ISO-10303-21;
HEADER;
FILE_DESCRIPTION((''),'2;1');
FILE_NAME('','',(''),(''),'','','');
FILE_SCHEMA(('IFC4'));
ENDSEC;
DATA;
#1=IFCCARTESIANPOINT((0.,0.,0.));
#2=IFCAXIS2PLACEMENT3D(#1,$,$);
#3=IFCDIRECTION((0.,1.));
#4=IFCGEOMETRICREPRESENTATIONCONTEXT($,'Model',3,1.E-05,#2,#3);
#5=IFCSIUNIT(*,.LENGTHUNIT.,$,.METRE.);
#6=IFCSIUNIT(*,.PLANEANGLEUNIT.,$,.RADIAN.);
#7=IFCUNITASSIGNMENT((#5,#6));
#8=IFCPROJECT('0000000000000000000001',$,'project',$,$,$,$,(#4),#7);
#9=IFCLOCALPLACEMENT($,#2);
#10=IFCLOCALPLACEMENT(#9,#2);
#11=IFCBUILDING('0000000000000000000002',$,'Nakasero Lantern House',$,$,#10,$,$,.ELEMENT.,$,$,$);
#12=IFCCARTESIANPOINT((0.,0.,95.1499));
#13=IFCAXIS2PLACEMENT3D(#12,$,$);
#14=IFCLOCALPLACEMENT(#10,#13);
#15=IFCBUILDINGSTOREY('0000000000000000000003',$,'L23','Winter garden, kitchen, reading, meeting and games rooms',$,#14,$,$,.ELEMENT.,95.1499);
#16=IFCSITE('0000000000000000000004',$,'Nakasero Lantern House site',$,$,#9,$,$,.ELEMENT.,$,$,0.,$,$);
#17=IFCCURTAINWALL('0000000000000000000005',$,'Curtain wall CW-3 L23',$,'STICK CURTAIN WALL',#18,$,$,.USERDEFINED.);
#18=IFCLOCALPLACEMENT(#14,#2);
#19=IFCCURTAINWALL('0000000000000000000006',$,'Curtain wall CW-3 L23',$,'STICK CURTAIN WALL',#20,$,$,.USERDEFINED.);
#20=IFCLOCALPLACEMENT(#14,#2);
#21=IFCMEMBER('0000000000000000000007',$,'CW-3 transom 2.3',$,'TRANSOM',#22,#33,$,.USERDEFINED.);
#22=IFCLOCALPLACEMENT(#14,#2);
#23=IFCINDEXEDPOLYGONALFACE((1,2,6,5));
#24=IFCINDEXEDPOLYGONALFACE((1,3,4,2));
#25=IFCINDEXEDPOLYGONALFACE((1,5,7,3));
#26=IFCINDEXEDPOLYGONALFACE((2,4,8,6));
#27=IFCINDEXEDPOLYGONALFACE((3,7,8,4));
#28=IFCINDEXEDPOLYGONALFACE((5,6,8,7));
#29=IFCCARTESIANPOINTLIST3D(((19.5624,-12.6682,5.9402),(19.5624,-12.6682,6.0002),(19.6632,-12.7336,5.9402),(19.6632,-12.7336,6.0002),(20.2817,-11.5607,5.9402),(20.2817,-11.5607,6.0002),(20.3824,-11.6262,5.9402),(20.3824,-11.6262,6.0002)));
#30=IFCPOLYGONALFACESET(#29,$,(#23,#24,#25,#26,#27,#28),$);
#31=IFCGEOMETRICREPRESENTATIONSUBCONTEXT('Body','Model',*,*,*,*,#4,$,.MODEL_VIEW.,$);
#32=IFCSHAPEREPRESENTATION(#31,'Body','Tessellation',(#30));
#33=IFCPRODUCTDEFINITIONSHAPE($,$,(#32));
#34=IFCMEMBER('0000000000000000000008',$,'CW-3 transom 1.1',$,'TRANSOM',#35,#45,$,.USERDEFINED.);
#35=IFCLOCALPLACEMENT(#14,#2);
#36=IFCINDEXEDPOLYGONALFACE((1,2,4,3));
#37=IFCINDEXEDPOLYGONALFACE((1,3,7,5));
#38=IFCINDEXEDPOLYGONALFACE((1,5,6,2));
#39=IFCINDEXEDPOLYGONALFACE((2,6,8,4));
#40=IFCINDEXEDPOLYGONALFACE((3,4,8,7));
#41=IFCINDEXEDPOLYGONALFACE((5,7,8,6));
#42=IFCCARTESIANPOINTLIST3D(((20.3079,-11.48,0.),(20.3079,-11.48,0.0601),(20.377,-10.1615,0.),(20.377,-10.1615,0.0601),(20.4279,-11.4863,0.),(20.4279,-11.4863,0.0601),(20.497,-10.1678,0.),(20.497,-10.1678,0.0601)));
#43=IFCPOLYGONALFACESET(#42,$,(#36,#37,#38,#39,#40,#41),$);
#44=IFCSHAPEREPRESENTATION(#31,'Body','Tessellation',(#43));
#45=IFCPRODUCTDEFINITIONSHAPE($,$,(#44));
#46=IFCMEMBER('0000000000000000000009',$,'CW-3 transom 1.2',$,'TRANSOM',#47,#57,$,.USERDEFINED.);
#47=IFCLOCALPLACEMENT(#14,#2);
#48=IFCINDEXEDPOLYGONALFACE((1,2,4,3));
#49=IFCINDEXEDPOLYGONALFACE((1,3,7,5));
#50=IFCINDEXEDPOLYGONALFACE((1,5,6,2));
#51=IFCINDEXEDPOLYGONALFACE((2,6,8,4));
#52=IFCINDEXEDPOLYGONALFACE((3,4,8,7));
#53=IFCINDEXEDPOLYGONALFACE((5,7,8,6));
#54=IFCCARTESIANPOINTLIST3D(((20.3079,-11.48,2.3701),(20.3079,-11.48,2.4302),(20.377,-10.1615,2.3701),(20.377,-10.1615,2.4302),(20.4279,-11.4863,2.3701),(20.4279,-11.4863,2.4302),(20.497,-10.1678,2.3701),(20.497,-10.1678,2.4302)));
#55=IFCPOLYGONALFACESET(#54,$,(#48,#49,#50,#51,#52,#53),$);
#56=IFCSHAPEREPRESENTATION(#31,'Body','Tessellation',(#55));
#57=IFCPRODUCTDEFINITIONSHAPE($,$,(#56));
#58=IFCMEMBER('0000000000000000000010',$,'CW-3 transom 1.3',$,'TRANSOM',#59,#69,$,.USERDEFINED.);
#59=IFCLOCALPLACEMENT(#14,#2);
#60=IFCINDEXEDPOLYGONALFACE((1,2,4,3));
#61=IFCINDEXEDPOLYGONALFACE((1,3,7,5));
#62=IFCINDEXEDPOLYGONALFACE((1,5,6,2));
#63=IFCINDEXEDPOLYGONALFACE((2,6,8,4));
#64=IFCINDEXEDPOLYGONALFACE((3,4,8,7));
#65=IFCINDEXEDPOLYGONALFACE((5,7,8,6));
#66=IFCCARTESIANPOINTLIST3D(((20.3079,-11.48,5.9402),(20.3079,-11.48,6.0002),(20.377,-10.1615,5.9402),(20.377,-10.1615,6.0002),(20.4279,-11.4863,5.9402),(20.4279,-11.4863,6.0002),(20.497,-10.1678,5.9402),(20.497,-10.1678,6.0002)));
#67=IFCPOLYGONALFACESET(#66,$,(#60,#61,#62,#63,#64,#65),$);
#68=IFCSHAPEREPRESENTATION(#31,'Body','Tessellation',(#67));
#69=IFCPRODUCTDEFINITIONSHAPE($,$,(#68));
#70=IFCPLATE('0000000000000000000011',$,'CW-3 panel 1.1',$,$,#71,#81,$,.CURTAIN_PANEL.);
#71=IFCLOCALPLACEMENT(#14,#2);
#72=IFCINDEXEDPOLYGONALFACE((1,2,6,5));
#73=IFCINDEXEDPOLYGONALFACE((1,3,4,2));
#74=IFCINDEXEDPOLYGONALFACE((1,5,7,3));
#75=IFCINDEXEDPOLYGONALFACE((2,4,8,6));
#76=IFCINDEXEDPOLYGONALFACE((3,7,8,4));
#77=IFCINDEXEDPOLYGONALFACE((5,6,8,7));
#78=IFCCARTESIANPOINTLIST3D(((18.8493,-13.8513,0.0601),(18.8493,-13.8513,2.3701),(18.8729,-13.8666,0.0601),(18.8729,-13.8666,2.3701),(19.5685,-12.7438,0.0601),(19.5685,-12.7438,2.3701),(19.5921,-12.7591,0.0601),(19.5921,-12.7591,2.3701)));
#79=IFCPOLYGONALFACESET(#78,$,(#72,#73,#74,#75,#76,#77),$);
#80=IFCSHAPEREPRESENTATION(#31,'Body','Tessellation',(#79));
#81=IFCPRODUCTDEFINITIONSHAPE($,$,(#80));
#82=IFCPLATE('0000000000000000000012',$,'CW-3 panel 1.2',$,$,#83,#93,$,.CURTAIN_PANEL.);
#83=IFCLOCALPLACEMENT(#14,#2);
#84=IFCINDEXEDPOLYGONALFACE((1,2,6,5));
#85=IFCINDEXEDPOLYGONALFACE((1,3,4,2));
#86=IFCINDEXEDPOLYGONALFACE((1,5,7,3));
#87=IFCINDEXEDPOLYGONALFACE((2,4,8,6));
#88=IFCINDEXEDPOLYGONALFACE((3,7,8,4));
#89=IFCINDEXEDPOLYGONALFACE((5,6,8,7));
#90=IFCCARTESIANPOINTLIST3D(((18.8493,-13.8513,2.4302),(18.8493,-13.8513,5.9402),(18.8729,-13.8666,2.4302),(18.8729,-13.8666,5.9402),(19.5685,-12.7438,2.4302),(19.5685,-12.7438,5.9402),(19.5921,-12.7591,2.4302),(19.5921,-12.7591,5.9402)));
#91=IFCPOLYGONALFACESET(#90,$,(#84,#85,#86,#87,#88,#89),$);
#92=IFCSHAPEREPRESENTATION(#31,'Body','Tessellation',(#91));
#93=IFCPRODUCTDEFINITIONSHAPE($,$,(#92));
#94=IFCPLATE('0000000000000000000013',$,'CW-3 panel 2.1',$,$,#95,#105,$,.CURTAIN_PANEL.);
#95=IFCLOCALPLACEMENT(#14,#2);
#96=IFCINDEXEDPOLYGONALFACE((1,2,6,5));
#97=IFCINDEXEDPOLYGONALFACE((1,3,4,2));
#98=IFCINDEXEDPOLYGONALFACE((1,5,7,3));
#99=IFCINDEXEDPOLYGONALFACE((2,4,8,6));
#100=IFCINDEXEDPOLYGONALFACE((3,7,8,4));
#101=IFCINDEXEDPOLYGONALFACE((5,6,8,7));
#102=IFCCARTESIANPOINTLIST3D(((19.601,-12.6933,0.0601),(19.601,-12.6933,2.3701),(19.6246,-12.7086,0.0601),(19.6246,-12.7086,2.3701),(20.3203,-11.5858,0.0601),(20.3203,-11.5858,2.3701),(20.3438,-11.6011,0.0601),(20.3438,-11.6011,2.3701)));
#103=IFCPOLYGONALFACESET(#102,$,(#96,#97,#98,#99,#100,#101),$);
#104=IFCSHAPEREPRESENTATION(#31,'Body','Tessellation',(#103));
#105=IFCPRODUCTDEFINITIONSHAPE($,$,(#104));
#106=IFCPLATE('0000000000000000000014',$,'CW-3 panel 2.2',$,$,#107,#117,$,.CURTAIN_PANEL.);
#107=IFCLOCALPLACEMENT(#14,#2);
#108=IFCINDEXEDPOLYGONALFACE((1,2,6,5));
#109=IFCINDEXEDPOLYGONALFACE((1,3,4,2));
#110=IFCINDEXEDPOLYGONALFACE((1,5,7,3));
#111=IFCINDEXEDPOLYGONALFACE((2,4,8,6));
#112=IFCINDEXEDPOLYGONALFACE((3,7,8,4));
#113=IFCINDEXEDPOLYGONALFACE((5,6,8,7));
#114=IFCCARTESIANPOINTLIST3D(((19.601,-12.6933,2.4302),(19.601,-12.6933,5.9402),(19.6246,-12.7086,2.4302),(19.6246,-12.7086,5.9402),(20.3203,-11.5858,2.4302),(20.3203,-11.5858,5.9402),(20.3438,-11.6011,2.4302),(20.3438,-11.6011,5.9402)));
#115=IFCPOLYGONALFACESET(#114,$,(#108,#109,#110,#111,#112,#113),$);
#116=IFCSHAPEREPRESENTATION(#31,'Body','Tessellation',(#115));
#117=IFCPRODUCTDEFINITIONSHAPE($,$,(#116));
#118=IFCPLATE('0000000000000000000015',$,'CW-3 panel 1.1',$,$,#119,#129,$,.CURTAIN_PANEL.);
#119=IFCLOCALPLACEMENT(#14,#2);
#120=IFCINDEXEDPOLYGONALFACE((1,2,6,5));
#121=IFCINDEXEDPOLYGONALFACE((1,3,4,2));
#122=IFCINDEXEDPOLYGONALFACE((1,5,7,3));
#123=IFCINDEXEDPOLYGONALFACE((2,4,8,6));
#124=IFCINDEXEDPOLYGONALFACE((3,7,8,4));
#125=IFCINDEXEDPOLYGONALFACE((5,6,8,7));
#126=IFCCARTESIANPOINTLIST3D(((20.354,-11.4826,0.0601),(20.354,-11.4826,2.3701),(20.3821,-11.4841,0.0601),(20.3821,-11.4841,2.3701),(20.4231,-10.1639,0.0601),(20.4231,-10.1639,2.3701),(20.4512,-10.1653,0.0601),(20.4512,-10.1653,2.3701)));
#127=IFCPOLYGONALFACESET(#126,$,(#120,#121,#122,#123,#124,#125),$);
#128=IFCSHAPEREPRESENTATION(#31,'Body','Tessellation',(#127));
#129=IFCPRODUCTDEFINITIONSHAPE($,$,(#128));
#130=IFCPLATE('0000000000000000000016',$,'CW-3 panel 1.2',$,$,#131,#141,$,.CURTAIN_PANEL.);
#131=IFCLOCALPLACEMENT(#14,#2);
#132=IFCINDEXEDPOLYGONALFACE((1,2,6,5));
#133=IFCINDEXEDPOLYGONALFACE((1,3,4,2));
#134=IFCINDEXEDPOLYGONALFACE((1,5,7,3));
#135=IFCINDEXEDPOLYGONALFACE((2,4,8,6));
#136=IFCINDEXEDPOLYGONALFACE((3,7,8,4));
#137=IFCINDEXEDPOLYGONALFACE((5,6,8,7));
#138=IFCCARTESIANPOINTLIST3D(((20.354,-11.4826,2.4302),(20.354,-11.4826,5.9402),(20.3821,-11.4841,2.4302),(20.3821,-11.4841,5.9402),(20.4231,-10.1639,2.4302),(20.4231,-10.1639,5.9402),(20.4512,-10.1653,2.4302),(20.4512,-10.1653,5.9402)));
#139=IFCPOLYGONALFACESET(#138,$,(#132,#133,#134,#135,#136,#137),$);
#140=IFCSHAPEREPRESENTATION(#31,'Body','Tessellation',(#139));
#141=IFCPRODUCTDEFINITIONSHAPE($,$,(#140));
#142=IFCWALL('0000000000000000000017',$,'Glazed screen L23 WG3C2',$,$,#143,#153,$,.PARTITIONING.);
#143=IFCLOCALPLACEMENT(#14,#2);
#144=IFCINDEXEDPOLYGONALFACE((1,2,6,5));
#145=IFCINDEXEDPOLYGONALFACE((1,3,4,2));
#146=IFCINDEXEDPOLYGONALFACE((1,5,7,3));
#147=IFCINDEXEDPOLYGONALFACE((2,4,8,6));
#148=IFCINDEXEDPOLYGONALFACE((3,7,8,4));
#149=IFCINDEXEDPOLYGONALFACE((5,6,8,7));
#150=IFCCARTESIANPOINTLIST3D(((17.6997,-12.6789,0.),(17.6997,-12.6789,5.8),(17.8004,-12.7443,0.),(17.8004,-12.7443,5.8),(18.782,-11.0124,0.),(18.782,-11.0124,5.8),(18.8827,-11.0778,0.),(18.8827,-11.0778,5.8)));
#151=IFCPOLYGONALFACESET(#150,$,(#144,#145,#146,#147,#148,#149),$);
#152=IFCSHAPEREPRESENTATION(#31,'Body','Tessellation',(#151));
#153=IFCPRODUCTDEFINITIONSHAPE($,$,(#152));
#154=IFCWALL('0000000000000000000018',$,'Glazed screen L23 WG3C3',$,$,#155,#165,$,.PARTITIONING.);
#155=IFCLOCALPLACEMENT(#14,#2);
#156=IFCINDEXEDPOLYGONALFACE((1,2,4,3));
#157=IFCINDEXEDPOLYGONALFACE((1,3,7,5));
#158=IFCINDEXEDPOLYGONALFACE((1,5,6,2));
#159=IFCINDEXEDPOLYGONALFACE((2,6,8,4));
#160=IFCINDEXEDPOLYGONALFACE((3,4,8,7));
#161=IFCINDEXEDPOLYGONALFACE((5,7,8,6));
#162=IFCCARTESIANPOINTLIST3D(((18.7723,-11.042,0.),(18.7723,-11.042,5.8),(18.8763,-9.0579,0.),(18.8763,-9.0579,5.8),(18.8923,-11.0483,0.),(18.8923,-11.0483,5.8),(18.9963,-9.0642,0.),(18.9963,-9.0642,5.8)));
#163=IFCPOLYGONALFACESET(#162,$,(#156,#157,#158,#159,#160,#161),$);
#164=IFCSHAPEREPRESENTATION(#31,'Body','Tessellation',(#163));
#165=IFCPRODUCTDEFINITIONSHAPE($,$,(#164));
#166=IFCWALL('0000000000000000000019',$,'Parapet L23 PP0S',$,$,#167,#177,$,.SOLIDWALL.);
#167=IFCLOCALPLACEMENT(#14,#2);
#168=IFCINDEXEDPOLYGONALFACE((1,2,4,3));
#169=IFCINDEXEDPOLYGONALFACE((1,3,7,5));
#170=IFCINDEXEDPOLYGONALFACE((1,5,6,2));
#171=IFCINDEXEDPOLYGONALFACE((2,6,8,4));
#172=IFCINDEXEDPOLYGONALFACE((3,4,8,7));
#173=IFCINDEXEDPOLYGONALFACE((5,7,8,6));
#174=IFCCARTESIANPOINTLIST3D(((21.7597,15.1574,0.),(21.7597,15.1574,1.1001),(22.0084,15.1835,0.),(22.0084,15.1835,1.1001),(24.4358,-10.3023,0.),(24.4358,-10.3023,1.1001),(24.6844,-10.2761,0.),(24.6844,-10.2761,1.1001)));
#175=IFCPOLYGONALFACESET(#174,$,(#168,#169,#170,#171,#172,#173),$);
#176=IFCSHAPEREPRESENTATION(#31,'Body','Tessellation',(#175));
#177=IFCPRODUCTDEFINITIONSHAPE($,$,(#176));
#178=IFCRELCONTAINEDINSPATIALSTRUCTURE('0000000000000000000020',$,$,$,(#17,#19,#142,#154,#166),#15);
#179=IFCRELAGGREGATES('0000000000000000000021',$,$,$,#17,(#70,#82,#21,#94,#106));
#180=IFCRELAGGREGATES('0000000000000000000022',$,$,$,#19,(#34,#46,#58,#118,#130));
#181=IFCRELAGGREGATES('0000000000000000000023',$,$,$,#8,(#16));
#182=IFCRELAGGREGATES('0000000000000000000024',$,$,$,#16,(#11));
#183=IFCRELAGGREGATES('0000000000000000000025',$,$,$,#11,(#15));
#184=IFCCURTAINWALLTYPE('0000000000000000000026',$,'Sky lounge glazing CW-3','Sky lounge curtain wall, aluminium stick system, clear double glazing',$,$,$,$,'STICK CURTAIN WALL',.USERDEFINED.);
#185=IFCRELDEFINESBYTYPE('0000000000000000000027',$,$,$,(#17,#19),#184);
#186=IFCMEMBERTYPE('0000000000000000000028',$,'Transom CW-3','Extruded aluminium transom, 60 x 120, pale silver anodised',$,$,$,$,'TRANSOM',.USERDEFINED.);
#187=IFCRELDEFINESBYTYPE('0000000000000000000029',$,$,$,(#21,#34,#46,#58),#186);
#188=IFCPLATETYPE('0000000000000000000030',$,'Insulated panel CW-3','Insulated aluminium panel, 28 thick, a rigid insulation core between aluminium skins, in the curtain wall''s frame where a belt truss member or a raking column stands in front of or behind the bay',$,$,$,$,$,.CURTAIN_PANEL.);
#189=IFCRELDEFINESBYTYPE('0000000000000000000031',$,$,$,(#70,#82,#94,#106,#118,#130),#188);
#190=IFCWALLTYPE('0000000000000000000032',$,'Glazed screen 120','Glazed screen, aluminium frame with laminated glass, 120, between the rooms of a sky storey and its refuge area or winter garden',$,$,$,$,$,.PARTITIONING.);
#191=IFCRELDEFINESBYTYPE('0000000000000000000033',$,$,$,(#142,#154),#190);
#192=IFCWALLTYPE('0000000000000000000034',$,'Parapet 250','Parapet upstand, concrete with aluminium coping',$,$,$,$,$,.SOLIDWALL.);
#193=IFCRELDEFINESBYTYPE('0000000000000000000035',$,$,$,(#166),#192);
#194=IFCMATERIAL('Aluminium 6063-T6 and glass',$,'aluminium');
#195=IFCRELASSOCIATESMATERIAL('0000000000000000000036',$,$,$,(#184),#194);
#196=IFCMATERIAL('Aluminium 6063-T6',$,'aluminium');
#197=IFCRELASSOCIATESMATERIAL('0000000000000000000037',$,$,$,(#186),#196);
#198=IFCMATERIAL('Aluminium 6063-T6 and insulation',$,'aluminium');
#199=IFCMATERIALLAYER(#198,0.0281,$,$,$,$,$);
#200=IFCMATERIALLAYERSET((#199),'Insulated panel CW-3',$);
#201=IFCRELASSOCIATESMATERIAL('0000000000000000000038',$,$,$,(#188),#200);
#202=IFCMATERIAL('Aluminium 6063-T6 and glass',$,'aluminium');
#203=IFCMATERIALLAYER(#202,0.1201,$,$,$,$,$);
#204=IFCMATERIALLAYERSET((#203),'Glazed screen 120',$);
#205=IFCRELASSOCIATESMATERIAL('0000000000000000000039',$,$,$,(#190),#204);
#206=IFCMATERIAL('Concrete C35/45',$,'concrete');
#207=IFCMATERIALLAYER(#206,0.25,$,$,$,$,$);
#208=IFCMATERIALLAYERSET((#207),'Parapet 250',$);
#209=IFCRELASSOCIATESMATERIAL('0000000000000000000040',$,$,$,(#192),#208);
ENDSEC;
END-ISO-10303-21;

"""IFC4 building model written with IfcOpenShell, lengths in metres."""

from ifc_helpers import new_model, si_unit, direction, frame, frame_2d, origin, origin_2d, place, context, subcontext, project, spatial, rectangle, extrude, material, layer, layer_set, material_profile, profile_set, type_object, element, aggregate, save


model = new_model("IFC4")

# Units and contexts
model_context = context("Model", 3, precision=1e-05, world=origin(), true_north=direction((0.0, 1.0)))
body_context = subcontext(model_context, "Body", "Model", "MODEL_VIEW")
ifc_project = project(units=[si_unit("LENGTHUNIT", "METRE"), si_unit("PLANEANGLEUNIT", "RADIAN")], contexts=[model_context])

# Site, building, storey
site_placement = place(None, origin())
site = spatial("IfcSite", under=ifc_project, at=site_placement, Name="Nakasero Lantern House site", CompositionType="ELEMENT", RefElevation=0.0)
building_placement = place(site_placement, origin())
building = spatial("IfcBuilding", under=site, at=building_placement, Name="Nakasero Lantern House", CompositionType="ELEMENT")
storey_placement = place(building_placement, frame((0.0, 0.0, 95.1499)))
storey = spatial("IfcBuildingStorey", under=building, at=storey_placement, Name="L23", Description="Winter garden, kitchen, reading, meeting and games rooms", CompositionType="ELEMENT", Elevation=95.1499)

# Shared definitions
ifc_material_1 = material(Name="Aluminium 6063-T6 and glass", Category="aluminium")
curtain_wall_type = type_object("IfcCurtainWallType", Name="Sky lounge glazing CW-3", Description="Sky lounge curtain wall, aluminium stick system, clear double glazing", ElementType="STICK CURTAIN WALL", PredefinedType="USERDEFINED", material=ifc_material_1)

# Curtain wall
curtain_wall_1_placement = place(storey_placement, origin())
curtain_wall_1 = element("IfcCurtainWall", 1, at=curtain_wall_1_placement, inside=storey, type_object=curtain_wall_type, Name="Curtain wall CW-3 L23", ObjectType="STICK CURTAIN WALL", PredefinedType="USERDEFINED")

# Curtain wall
curtain_wall_2_placement = place(storey_placement, origin())
curtain_wall_2 = element("IfcCurtainWall", 2, at=curtain_wall_2_placement, inside=storey, type_object=curtain_wall_type, Name="Curtain wall CW-3 L23", ObjectType="STICK CURTAIN WALL", PredefinedType="USERDEFINED")

# Members
ifc_material_2 = material(Name="Aluminium 6063-T6", Category="aluminium")
ifc_material_profile_1 = material_profile(ifc_material_2, rectangle(XDim=0.0601, YDim=0.1201, at=origin_2d()), Name="CW-3 transom 60x120")
ifc_profile_set_1 = profile_set([ifc_material_profile_1], Name="Aluminium 6063-T6")
member_type_1 = type_object("IfcMemberType", Name="Transom CW-3", Description="Extruded aluminium transom, 60 x 120, pale silver anodised", ElementType="TRANSOM", PredefinedType="USERDEFINED", material=ifc_profile_set_1)
member_1_placement = place(storey_placement, frame((19.6128, -12.7009, 5.9702), z_axis=(0.544676, 0.838646, 0.0), x_axis=(0.0, 0.0, 1.0)))
member_1 = element("IfcMember", 3, at=member_1_placement, type_object=member_type_1, Name="CW-3 transom 2.3", ObjectType="TRANSOM", PredefinedType="USERDEFINED", context=body_context, shape_type="SweptSolid", body=[
    extrude(rectangle(XDim=0.0601, YDim=0.1201, at=origin_2d()), origin(), (0.0, 0.0, 1.0), 1.3206),
])
member_2_placement = place(storey_placement, frame((20.3679, -11.4832, 0.03), z_axis=(0.052326, 0.99863, 0.0), x_axis=(0.0, 0.0, 1.0)))
member_2 = element("IfcMember", 4, at=member_2_placement, type_object=member_type_1, Name="CW-3 transom 1.1", ObjectType="TRANSOM", PredefinedType="USERDEFINED", context=body_context, shape_type="SweptSolid", body=[
    extrude(rectangle(XDim=0.0601, YDim=0.1201, at=origin_2d()), origin(), (0.0, 0.0, 1.0), 1.3203),
])
member_3_placement = place(storey_placement, frame((20.3679, -11.4832, 2.4001), z_axis=(0.052326, 0.99863, 0.0), x_axis=(0.0, 0.0, 1.0)))
member_3 = element("IfcMember", 5, at=member_3_placement, type_object=member_type_1, Name="CW-3 transom 1.2", ObjectType="TRANSOM", PredefinedType="USERDEFINED", context=body_context, shape_type="SweptSolid", body=[
    extrude(rectangle(XDim=0.0601, YDim=0.1201, at=origin_2d()), origin(), (0.0, 0.0, 1.0), 1.3203),
])
member_4_placement = place(storey_placement, frame((20.3679, -11.4832, 5.9702), z_axis=(0.052326, 0.99863, 0.0), x_axis=(0.0, 0.0, 1.0)))
member_4 = element("IfcMember", 6, at=member_4_placement, type_object=member_type_1, Name="CW-3 transom 1.3", ObjectType="TRANSOM", PredefinedType="USERDEFINED", context=body_context, shape_type="SweptSolid", body=[
    extrude(rectangle(XDim=0.0601, YDim=0.1201, at=origin_2d()), origin(), (0.0, 0.0, 1.0), 1.3203),
])

# Plates
ifc_material_3 = material(Name="Aluminium 6063-T6 and insulation", Category="aluminium")
ifc_layer_1 = layer(ifc_material_3, 0.0281)
ifc_layer_set_1 = layer_set([ifc_layer_1], Name="Insulated panel CW-3")
plate_type = type_object("IfcPlateType", Name="Insulated panel CW-3", Description="Insulated aluminium panel, 28 thick, a rigid insulation core between aluminium skins, in the curtain wall's frame where a belt truss member or a raking column stands in front of or behind the bay", PredefinedType="CURTAIN_PANEL", material=ifc_layer_set_1)
plate_1_placement = place(storey_placement, frame((19.2207, -13.3052, 0.0601), z_axis=(0.0, 0.0, 1.0), x_axis=(0.544639, 0.838671, 0.0)))
plate_1 = element("IfcPlate", 7, at=plate_1_placement, type_object=plate_type, Name="CW-3 panel 1.1", PredefinedType="CURTAIN_PANEL", context=body_context, shape_type="SweptSolid", body=[
    extrude(rectangle(XDim=1.3206, YDim=0.0281, at=origin_2d()), origin(), (0.0, 0.0, 1.0), 2.3101),
])
plate_2_placement = place(storey_placement, frame((19.2207, -13.3052, 2.4302), z_axis=(0.0, 0.0, 1.0), x_axis=(0.544639, 0.838671, 0.0)))
plate_2 = element("IfcPlate", 8, at=plate_2_placement, type_object=plate_type, Name="CW-3 panel 1.2", PredefinedType="CURTAIN_PANEL", context=body_context, shape_type="SweptSolid", body=[
    extrude(rectangle(XDim=1.3206, YDim=0.0281, at=origin_2d()), origin(), (0.0, 0.0, 1.0), 3.51),
])
plate_3_placement = place(storey_placement, frame((19.9724, -12.1472, 0.0601), z_axis=(0.0, 0.0, 1.0), x_axis=(0.544639, 0.838671, 0.0)))
plate_3 = element("IfcPlate", 9, at=plate_3_placement, type_object=plate_type, Name="CW-3 panel 2.1", PredefinedType="CURTAIN_PANEL", context=body_context, shape_type="SweptSolid", body=[
    extrude(rectangle(XDim=1.3206, YDim=0.0281, at=origin_2d()), origin(), (0.0, 0.0, 1.0), 2.3101),
])
plate_4_placement = place(storey_placement, frame((19.9724, -12.1472, 2.4302), z_axis=(0.0, 0.0, 1.0), x_axis=(0.544639, 0.838671, 0.0)))
plate_4 = element("IfcPlate", 10, at=plate_4_placement, type_object=plate_type, Name="CW-3 panel 2.2", PredefinedType="CURTAIN_PANEL", context=body_context, shape_type="SweptSolid", body=[
    extrude(rectangle(XDim=1.3206, YDim=0.0281, at=origin_2d()), origin(), (0.0, 0.0, 1.0), 3.51),
])
aggregate(curtain_wall_1, [plate_1, plate_2, member_1, plate_3, plate_4])
plate_5_placement = place(storey_placement, frame((20.4026, -10.824, 0.0601), z_axis=(0.0, 0.0, 1.0), x_axis=(0.052336, 0.99863, 0.0)))
plate_5 = element("IfcPlate", 11, at=plate_5_placement, type_object=plate_type, Name="CW-3 panel 1.1", PredefinedType="CURTAIN_PANEL", context=body_context, shape_type="SweptSolid", body=[
    extrude(rectangle(XDim=1.3206, YDim=0.0281, at=origin_2d()), origin(), (0.0, 0.0, 1.0), 2.3101),
])
plate_6_placement = place(storey_placement, frame((20.4026, -10.824, 2.4302), z_axis=(0.0, 0.0, 1.0), x_axis=(0.052336, 0.99863, 0.0)))
plate_6 = element("IfcPlate", 12, at=plate_6_placement, type_object=plate_type, Name="CW-3 panel 1.2", PredefinedType="CURTAIN_PANEL", context=body_context, shape_type="SweptSolid", body=[
    extrude(rectangle(XDim=1.3206, YDim=0.0281, at=origin_2d()), origin(), (0.0, 0.0, 1.0), 3.51),
])
aggregate(curtain_wall_2, [member_2, member_3, member_4, plate_5, plate_6])

# Walls
ifc_material_4 = material(Name="Aluminium 6063-T6 and glass", Category="aluminium")
ifc_layer_2 = layer(ifc_material_4, 0.1201)
ifc_layer_set_2 = layer_set([ifc_layer_2], Name="Glazed screen 120")
wall_type_1 = type_object("IfcWallType", Name="Glazed screen 120", Description="Glazed screen, aluminium frame with laminated glass, 120, between the rooms of a sky storey and its refuge area or winter garden", PredefinedType="PARTITIONING", material=ifc_layer_set_2)
wall_1_placement = place(storey_placement, frame((17.75, -12.7117, 0.0), z_axis=(0.0, 0.0, 1.0), x_axis=(0.544651, 0.838662, 0.0)))
element("IfcWall", 13, at=wall_1_placement, inside=storey, type_object=wall_type_1, Name="Glazed screen L23 WG3C2", PredefinedType="PARTITIONING", context=body_context, shape_type="SweptSolid", body=[
    extrude(rectangle(XDim=1.9871, YDim=0.1201, at=frame_2d((0.9937, 0.0))), origin(), (0.0, 0.0, 1.0), 5.8),
])
wall_2_placement = place(storey_placement, frame((18.8323, -11.0452, 0.0), z_axis=(0.0, 0.0, 1.0), x_axis=(0.052346, 0.998629, 0.0)))
element("IfcWall", 14, at=wall_2_placement, inside=storey, type_object=wall_type_1, Name="Glazed screen L23 WG3C3", PredefinedType="PARTITIONING", context=body_context, shape_type="SweptSolid", body=[
    extrude(rectangle(XDim=1.9868, YDim=0.1201, at=frame_2d((0.9934, 0.0))), origin(), (0.0, 0.0, 1.0), 5.8),
])
ifc_material_5 = material(Name="Concrete C35/45", Category="concrete")
ifc_layer_3 = layer(ifc_material_5, 0.25)
ifc_layer_set_3 = layer_set([ifc_layer_3], Name="Parapet 250")
wall_type_2 = type_object("IfcWallType", Name="Parapet 250", Description="Parapet upstand, concrete with aluminium coping", PredefinedType="SOLIDWALL", material=ifc_layer_set_3)
wall_3_placement = place(storey_placement, frame((24.5601, -10.2891, 0.0), z_axis=(0.0, 0.0, 1.0), x_axis=(-0.104532, 0.994521, 0.0)))
element("IfcWall", 15, at=wall_3_placement, inside=storey, type_object=wall_type_2, Name="Parapet L23 PP0S", PredefinedType="SOLIDWALL", context=body_context, shape_type="SweptSolid", body=[
    extrude(rectangle(XDim=25.5999, YDim=0.25, at=frame_2d((12.7998, 0.0))), origin(), (0.0, 0.0, 1.0), 1.1001),
])

save(model, "model.ifc")
